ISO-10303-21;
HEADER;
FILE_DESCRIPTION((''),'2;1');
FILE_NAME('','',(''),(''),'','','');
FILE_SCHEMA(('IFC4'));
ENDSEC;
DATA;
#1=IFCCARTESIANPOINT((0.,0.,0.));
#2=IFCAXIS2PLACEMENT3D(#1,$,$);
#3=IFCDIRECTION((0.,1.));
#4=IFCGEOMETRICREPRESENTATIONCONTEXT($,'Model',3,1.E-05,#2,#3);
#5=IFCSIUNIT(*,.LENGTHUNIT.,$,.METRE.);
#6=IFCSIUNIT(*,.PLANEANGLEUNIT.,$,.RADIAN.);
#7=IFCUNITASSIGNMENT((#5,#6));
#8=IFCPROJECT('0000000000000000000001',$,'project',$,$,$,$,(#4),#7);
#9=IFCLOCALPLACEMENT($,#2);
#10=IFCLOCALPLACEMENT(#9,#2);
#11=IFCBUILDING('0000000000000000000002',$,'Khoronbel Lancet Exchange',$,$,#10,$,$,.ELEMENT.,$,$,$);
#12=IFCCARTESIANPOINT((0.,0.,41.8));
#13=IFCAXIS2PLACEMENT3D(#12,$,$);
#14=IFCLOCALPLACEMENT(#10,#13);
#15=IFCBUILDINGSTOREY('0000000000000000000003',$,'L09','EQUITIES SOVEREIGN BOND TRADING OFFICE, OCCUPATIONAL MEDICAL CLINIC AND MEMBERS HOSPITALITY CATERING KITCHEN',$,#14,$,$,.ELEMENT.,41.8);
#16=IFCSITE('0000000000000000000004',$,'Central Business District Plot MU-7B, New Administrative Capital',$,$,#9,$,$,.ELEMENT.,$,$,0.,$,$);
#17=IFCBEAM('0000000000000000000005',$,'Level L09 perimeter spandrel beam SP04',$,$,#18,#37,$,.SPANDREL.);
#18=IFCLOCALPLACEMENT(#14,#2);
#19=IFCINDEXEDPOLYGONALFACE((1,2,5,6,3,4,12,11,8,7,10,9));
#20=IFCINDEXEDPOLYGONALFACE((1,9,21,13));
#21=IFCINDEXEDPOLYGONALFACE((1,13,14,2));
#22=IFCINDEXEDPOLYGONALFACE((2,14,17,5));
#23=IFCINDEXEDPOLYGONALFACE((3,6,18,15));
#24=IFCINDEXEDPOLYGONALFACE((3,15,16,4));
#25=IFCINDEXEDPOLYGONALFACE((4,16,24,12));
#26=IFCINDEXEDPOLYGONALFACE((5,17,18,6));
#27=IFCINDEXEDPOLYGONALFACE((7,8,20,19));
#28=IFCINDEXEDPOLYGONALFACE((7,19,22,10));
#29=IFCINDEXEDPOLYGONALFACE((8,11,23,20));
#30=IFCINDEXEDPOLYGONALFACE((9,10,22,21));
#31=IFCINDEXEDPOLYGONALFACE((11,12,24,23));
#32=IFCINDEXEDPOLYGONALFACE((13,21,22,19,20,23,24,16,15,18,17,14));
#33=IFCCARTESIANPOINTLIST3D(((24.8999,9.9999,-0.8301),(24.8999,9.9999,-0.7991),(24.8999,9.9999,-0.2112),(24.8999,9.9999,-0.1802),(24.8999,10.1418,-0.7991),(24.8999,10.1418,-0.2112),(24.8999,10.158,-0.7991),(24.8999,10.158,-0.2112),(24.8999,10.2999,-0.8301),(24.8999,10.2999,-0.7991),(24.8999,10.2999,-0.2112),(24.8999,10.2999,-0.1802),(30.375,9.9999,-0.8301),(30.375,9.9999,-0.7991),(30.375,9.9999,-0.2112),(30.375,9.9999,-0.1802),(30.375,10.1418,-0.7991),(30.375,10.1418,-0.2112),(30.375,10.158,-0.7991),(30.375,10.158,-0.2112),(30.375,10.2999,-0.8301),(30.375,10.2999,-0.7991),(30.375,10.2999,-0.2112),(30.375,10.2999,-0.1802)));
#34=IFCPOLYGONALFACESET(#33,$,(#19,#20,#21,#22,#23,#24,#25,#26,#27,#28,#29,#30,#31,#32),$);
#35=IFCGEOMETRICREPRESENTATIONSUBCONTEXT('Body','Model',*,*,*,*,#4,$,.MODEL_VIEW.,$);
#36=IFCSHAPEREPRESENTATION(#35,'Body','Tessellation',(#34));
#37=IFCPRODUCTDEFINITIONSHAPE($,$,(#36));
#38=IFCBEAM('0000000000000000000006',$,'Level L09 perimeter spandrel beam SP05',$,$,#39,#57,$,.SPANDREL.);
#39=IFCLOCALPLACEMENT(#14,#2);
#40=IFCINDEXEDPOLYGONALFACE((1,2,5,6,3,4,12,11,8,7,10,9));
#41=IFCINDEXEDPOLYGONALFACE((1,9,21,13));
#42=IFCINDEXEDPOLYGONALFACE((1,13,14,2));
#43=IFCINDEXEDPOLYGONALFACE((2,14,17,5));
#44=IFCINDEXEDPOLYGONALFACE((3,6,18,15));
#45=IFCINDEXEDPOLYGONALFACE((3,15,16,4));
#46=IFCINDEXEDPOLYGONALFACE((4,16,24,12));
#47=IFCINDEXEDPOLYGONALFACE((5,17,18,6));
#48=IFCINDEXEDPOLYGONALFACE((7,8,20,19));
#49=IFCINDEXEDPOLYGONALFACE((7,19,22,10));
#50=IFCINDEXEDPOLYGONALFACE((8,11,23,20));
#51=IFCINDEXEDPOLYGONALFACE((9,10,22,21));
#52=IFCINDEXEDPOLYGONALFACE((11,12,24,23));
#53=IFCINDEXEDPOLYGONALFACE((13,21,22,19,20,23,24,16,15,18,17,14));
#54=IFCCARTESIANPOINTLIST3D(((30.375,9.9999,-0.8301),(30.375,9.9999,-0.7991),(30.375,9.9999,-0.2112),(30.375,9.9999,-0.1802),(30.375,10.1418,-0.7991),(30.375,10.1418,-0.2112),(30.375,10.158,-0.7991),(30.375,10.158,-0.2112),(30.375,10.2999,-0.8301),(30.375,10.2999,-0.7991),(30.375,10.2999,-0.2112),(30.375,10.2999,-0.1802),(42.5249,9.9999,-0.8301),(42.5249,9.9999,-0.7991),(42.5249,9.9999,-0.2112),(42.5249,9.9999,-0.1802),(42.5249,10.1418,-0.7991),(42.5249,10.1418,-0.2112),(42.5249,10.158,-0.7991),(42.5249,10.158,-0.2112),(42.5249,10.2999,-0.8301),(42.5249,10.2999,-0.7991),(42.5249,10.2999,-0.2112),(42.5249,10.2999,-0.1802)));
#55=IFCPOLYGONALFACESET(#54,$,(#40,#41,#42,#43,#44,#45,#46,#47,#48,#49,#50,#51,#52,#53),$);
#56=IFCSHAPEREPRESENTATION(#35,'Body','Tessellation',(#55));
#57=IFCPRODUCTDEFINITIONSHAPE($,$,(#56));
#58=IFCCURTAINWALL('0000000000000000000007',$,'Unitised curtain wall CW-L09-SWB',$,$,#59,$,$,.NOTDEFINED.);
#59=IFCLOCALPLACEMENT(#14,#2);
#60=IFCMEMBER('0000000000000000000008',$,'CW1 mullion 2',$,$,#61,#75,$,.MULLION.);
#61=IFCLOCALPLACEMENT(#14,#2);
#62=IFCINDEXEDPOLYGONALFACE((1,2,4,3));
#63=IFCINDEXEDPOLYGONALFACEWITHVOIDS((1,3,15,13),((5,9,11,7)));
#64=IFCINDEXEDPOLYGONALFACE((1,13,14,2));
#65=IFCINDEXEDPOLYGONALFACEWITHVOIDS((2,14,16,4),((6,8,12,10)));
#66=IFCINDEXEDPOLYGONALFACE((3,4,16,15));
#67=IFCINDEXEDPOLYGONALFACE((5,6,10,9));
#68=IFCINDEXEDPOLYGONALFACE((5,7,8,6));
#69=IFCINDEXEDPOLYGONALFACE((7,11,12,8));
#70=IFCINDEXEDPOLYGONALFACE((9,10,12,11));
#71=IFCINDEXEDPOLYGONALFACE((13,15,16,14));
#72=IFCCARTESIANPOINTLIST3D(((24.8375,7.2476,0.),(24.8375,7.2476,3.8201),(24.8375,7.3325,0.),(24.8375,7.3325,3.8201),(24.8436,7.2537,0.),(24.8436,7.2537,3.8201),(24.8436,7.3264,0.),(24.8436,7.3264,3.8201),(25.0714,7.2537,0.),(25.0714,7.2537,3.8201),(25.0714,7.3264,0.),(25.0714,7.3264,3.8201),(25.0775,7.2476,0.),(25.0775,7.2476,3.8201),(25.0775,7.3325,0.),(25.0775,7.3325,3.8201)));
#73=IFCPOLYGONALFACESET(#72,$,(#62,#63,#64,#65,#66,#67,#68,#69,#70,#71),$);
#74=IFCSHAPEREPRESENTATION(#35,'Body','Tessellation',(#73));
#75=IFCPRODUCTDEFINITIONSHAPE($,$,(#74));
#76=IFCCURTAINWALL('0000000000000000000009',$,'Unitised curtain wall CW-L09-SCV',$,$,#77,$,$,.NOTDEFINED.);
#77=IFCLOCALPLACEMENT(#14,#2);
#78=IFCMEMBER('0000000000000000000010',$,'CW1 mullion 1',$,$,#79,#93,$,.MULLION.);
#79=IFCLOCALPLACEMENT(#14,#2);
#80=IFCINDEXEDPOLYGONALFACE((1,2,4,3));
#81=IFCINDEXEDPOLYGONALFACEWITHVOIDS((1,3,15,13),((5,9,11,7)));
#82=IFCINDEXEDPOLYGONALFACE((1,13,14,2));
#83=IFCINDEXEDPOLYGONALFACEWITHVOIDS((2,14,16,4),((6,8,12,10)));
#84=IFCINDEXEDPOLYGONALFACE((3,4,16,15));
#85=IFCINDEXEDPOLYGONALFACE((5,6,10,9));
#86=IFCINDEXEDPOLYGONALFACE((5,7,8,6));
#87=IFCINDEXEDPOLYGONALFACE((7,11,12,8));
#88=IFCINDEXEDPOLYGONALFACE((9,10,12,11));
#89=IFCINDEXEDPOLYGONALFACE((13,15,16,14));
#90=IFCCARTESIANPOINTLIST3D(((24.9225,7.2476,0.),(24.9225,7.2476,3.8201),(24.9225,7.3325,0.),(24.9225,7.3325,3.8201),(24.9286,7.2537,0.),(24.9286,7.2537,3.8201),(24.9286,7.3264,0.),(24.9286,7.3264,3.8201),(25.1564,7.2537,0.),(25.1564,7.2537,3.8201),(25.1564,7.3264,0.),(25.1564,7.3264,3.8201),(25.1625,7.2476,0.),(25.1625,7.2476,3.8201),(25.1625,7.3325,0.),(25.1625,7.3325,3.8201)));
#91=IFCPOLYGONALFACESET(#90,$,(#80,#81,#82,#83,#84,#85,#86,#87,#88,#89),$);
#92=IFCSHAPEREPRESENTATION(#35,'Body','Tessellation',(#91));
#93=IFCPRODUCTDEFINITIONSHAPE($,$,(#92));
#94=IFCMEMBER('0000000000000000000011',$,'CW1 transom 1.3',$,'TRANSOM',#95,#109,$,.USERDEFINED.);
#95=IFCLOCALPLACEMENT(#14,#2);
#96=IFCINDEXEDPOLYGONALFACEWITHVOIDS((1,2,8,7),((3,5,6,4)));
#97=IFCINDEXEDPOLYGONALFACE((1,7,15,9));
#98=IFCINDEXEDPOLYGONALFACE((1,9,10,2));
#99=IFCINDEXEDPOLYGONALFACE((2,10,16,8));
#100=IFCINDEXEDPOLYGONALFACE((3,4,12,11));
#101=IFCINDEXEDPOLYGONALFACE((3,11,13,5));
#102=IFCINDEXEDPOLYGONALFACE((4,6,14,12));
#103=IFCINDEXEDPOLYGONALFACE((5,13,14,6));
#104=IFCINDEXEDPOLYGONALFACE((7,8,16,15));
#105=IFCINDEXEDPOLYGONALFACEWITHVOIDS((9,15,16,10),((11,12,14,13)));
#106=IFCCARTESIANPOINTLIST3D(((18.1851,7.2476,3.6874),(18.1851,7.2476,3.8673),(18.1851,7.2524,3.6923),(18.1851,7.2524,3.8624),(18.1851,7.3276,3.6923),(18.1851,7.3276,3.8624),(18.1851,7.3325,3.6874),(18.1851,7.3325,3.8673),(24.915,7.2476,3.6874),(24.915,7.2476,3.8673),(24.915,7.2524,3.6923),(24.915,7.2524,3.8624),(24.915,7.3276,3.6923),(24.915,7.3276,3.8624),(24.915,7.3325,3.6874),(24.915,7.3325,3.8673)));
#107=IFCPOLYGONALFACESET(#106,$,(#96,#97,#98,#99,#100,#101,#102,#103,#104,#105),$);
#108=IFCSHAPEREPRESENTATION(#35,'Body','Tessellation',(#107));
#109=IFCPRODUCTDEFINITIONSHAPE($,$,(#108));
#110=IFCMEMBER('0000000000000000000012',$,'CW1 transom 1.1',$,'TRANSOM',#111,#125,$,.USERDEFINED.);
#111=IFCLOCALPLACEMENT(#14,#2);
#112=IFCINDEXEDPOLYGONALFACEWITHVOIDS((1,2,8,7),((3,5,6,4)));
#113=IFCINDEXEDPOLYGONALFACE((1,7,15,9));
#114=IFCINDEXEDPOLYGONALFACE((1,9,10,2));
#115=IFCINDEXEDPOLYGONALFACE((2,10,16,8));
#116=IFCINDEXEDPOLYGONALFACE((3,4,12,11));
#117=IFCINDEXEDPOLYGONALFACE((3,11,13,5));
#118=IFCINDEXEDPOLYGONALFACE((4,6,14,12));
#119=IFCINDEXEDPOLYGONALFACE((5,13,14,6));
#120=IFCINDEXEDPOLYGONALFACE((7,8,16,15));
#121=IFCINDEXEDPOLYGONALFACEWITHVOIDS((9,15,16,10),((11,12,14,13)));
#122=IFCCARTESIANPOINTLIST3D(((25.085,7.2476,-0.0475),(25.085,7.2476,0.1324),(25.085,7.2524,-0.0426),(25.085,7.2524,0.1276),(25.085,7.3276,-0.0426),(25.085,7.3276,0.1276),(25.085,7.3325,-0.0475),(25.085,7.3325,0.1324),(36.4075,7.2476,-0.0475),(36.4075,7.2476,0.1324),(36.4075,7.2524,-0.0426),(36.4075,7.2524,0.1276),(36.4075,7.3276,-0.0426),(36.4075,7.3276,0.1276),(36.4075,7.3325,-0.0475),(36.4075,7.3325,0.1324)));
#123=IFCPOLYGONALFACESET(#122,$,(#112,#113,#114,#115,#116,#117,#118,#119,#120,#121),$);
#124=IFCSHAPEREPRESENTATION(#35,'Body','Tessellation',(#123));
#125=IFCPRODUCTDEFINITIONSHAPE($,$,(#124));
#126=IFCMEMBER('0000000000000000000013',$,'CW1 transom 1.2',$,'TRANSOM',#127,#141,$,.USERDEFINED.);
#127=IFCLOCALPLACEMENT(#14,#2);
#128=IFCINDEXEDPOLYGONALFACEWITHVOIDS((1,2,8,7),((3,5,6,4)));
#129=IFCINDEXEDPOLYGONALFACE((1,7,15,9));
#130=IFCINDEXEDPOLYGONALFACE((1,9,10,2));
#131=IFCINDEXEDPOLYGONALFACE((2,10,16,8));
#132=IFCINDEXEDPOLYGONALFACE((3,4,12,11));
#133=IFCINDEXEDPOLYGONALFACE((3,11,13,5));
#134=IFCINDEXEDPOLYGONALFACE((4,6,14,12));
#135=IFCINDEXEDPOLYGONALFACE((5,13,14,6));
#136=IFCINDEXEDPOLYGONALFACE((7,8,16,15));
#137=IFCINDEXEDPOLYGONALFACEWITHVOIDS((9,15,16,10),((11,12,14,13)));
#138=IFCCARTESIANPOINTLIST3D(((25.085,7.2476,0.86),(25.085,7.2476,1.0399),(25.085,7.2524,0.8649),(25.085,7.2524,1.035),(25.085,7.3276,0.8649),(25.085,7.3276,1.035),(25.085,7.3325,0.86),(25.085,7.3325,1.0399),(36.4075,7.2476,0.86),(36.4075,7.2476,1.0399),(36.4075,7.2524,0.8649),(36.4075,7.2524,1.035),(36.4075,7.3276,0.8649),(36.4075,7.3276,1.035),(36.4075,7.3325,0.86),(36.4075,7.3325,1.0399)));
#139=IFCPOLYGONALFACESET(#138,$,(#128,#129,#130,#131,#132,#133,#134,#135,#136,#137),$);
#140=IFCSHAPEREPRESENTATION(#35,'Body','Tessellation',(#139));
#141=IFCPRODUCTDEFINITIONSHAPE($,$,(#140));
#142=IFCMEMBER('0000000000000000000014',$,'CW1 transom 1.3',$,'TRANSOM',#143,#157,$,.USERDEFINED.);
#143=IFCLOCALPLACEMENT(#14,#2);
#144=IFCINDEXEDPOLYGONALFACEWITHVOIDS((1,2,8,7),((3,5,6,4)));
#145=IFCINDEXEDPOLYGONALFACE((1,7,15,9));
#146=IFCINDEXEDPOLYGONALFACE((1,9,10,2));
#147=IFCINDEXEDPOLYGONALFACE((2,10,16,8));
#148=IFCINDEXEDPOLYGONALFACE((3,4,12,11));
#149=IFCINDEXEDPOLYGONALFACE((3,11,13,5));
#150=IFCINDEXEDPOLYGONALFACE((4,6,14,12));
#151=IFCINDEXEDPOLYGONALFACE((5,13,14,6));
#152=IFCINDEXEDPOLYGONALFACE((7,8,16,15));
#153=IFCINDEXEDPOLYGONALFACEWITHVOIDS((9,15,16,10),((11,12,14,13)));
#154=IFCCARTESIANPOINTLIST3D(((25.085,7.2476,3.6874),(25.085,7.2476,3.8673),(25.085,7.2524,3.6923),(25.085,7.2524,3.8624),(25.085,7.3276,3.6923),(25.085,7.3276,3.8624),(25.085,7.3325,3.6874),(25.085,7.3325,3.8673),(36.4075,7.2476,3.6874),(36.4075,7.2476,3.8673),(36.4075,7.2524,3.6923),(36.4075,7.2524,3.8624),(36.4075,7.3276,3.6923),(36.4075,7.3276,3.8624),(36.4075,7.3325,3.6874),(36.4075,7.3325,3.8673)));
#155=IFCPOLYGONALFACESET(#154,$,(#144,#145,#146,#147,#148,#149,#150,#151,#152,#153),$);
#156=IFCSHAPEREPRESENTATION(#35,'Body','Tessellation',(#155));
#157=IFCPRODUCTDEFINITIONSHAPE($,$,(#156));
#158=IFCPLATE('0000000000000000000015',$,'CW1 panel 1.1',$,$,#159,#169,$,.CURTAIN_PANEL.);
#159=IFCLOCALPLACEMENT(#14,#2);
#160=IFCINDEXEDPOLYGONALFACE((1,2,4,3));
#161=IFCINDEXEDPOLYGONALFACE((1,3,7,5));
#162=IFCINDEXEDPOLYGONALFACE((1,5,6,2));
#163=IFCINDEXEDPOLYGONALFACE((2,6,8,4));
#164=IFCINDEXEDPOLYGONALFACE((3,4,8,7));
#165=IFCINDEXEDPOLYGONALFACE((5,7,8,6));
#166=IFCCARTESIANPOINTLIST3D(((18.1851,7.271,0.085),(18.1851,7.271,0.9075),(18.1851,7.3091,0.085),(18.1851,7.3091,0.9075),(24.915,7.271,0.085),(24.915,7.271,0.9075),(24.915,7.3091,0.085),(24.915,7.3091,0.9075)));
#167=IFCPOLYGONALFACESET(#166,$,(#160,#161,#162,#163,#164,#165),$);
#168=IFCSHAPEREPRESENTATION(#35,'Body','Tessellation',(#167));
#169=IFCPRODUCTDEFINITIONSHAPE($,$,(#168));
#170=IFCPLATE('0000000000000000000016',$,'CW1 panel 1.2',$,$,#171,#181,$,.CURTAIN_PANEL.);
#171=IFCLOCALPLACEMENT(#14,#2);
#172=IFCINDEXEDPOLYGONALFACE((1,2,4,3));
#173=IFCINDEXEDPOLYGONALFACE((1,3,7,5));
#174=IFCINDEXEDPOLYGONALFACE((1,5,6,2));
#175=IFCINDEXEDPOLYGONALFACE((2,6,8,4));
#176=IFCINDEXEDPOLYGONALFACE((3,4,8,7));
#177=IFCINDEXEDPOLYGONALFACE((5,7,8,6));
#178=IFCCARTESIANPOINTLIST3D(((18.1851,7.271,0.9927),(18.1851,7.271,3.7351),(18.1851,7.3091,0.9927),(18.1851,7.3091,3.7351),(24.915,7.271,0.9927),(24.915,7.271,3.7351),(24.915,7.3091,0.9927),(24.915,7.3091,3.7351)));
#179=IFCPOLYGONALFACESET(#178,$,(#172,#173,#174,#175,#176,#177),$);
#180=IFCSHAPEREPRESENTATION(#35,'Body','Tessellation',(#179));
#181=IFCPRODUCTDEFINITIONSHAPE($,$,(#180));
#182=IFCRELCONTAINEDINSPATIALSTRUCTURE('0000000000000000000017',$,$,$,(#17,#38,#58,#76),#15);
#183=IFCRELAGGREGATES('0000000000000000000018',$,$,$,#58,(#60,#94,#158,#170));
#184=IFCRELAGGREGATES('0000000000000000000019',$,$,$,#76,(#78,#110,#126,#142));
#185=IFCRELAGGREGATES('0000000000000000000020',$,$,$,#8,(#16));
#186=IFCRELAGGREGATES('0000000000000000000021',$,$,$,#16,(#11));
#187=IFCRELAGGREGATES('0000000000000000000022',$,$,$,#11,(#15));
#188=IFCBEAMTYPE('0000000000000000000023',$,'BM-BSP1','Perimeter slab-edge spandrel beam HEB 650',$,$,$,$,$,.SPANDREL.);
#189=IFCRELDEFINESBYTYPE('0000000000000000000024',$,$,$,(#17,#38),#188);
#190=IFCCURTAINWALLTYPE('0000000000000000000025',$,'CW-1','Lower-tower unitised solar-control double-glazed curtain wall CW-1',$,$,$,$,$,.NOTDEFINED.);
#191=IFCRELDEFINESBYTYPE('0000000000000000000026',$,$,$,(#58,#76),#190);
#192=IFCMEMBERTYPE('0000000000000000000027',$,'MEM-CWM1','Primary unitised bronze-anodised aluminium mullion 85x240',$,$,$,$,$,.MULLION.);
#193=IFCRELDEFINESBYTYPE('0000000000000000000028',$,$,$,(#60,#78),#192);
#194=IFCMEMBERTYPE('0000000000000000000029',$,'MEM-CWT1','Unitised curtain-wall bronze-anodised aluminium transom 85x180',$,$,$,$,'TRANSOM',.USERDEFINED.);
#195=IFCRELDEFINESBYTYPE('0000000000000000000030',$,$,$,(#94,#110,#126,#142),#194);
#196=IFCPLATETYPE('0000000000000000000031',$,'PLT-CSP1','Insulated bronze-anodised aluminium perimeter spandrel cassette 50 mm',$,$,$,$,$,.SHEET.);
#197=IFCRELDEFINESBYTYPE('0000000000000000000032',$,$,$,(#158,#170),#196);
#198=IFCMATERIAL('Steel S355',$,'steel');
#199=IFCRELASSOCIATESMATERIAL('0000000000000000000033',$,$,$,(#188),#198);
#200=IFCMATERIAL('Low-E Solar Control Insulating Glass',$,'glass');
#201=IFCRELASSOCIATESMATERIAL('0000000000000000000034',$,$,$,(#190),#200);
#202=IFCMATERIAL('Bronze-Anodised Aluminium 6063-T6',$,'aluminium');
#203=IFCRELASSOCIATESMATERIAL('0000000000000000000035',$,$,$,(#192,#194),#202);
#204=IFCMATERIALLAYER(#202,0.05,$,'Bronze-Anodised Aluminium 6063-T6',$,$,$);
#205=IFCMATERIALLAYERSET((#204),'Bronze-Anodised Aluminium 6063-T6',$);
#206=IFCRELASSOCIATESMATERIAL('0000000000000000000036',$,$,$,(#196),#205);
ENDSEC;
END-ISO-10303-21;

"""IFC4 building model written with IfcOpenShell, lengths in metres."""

from ifc_helpers import new_model, si_unit, direction, frame, origin, origin_2d, place, context, subcontext, project, spatial, rectangle, hollow_rectangle, i_section, extrude, material, layer, layer_set, material_profile, profile_set, type_object, element, aggregate, save


model = new_model("IFC4")

# Units and contexts
model_context = context("Model", 3, precision=1e-05, world=origin(), true_north=direction((0.0, 1.0)))
body_context = subcontext(model_context, "Body", "Model", "MODEL_VIEW")
ifc_project = project(units=[si_unit("LENGTHUNIT", "METRE"), si_unit("PLANEANGLEUNIT", "RADIAN")], contexts=[model_context])

# Site, building, storey
site_placement = place(None, origin())
site = spatial("IfcSite", under=ifc_project, at=site_placement, Name="Central Business District Plot MU-7B, New Administrative Capital", CompositionType="ELEMENT", RefElevation=0.0)
building_placement = place(site_placement, origin())
building = spatial("IfcBuilding", under=site, at=building_placement, Name="Khoronbel Lancet Exchange", CompositionType="ELEMENT")
storey_placement = place(building_placement, frame((0.0, 0.0, 41.8)))
storey = spatial("IfcBuildingStorey", under=building, at=storey_placement, Name="L09", Description="EQUITIES SOVEREIGN BOND TRADING OFFICE, OCCUPATIONAL MEDICAL CLINIC AND MEMBERS HOSPITALITY CATERING KITCHEN", CompositionType="ELEMENT", Elevation=41.8)

# Beams
ifc_material_1 = material(Name="Steel S355", Category="steel")
ifc_material_profile_1 = material_profile(ifc_material_1, i_section(OverallWidth=0.3, OverallDepth=0.6499, WebThickness=0.0161, FlangeThickness=0.031, at=origin_2d()), Name="HEB 650")
ifc_profile_set_1 = profile_set([ifc_material_profile_1], Name="Steel S355")
beam_type_1 = type_object("IfcBeamType", Name="BM-BSP1", Description="Perimeter slab-edge spandrel beam HEB 650", PredefinedType="SPANDREL", material=ifc_profile_set_1)
beam_1_placement = place(storey_placement, frame((24.8999, 10.1499, -0.5051), z_axis=(1.0, 0.0, 0.0), x_axis=(0.0, 1.0, 0.0)))
element("IfcBeam", 1, at=beam_1_placement, inside=storey, type_object=beam_type_1, Name="Level L09 perimeter spandrel beam SP04", PredefinedType="SPANDREL", context=body_context, shape_type="SweptSolid", body=[
    extrude(i_section(OverallWidth=0.3, OverallDepth=0.6499, WebThickness=0.0161, FlangeThickness=0.031, at=origin_2d()), origin(), (0.0, 0.0, 1.0), 5.4751),
])
beam_2_placement = place(storey_placement, frame((30.375, 10.1499, -0.5051), z_axis=(1.0, 0.0, 0.0), x_axis=(0.0, 1.0, 0.0)))
element("IfcBeam", 2, at=beam_2_placement, inside=storey, type_object=beam_type_1, Name="Level L09 perimeter spandrel beam SP05", PredefinedType="SPANDREL", context=body_context, shape_type="SweptSolid", body=[
    extrude(i_section(OverallWidth=0.3, OverallDepth=0.6499, WebThickness=0.0161, FlangeThickness=0.031, at=origin_2d()), origin(), (0.0, 0.0, 1.0), 12.1499),
])

# Curtain walls, members
ifc_material_2 = material(Name="Low-E Solar Control Insulating Glass", Category="glass")
curtain_wall_type = type_object("IfcCurtainWallType", Name="CW-1", Description="Lower-tower unitised solar-control double-glazed curtain wall CW-1", PredefinedType="NOTDEFINED", material=ifc_material_2)
curtain_wall_1_placement = place(storey_placement, origin())
curtain_wall_1 = element("IfcCurtainWall", 3, at=curtain_wall_1_placement, inside=storey, type_object=curtain_wall_type, Name="Unitised curtain wall CW-L09-SWB", PredefinedType="NOTDEFINED")
ifc_material_3 = material(Name="Bronze-Anodised Aluminium 6063-T6", Category="aluminium")
ifc_material_profile_2 = material_profile(ifc_material_3, hollow_rectangle(XDim=0.085, YDim=0.24, WallThickness=0.0061, at=origin_2d()), Name="ALU MULLION 85x240")
ifc_profile_set_2 = profile_set([ifc_material_profile_2], Name="Bronze-Anodised Aluminium 6063-T6")
member_type_1 = type_object("IfcMemberType", Name="MEM-CWM1", Description="Primary unitised bronze-anodised aluminium mullion 85x240", PredefinedType="MULLION", material=ifc_profile_set_2)
member_1_placement = place(storey_placement, frame((24.9575, 7.29, 0.0), z_axis=(0.0, 0.0, 1.0), x_axis=(0.0, 1.0, 0.0)))
member_1 = element("IfcMember", 4, at=member_1_placement, type_object=member_type_1, Name="CW1 mullion 2", PredefinedType="MULLION", context=body_context, shape_type="SweptSolid", body=[
    extrude(hollow_rectangle(XDim=0.085, YDim=0.24, WallThickness=0.0061, at=origin_2d()), origin(), (0.0, 0.0, 1.0), 3.8201),
])
curtain_wall_2_placement = place(storey_placement, origin())
curtain_wall_2 = element("IfcCurtainWall", 5, at=curtain_wall_2_placement, inside=storey, type_object=curtain_wall_type, Name="Unitised curtain wall CW-L09-SCV", PredefinedType="NOTDEFINED")
member_2_placement = place(storey_placement, frame((25.0425, 7.29, 0.0), z_axis=(0.0, 0.0, 1.0), x_axis=(0.0, 1.0, 0.0)))
member_2 = element("IfcMember", 6, at=member_2_placement, type_object=member_type_1, Name="CW1 mullion 1", PredefinedType="MULLION", context=body_context, shape_type="SweptSolid", body=[
    extrude(hollow_rectangle(XDim=0.085, YDim=0.24, WallThickness=0.0061, at=origin_2d()), origin(), (0.0, 0.0, 1.0), 3.8201),
])

# Members
ifc_material_profile_3 = material_profile(ifc_material_3, hollow_rectangle(XDim=0.085, YDim=0.1799, WallThickness=0.0049, at=origin_2d()), Name="ALU TRANSOM 85x180")
ifc_profile_set_3 = profile_set([ifc_material_profile_3], Name="Bronze-Anodised Aluminium 6063-T6")
member_type_2 = type_object("IfcMemberType", Name="MEM-CWT1", Description="Unitised curtain-wall bronze-anodised aluminium transom 85x180", ElementType="TRANSOM", PredefinedType="USERDEFINED", material=ifc_profile_set_3)
member_3_placement = place(storey_placement, frame((18.1851, 7.29, 3.7773), z_axis=(1.0, 0.0, 0.0), x_axis=(0.0, 1.0, 0.0)))
member_3 = element("IfcMember", 7, at=member_3_placement, type_object=member_type_2, Name="CW1 transom 1.3", ObjectType="TRANSOM", PredefinedType="USERDEFINED", context=body_context, shape_type="SweptSolid", body=[
    extrude(hollow_rectangle(XDim=0.085, YDim=0.1799, WallThickness=0.0049, at=origin_2d()), origin(), (0.0, 0.0, 1.0), 6.73),
])
member_4_placement = place(storey_placement, frame((25.085, 7.29, 0.0425), z_axis=(1.0, 0.0, 0.0), x_axis=(0.0, 1.0, 0.0)))
member_4 = element("IfcMember", 8, at=member_4_placement, type_object=member_type_2, Name="CW1 transom 1.1", ObjectType="TRANSOM", PredefinedType="USERDEFINED", context=body_context, shape_type="SweptSolid", body=[
    extrude(hollow_rectangle(XDim=0.085, YDim=0.1799, WallThickness=0.0049, at=origin_2d()), origin(), (0.0, 0.0, 1.0), 11.3225),
])
member_5_placement = place(storey_placement, frame((25.085, 7.29, 0.95), z_axis=(1.0, 0.0, 0.0), x_axis=(0.0, 1.0, 0.0)))
member_5 = element("IfcMember", 9, at=member_5_placement, type_object=member_type_2, Name="CW1 transom 1.2", ObjectType="TRANSOM", PredefinedType="USERDEFINED", context=body_context, shape_type="SweptSolid", body=[
    extrude(hollow_rectangle(XDim=0.085, YDim=0.1799, WallThickness=0.0049, at=origin_2d()), origin(), (0.0, 0.0, 1.0), 11.3225),
])
member_6_placement = place(storey_placement, frame((25.085, 7.29, 3.7773), z_axis=(1.0, 0.0, 0.0), x_axis=(0.0, 1.0, 0.0)))
member_6 = element("IfcMember", 10, at=member_6_placement, type_object=member_type_2, Name="CW1 transom 1.3", ObjectType="TRANSOM", PredefinedType="USERDEFINED", context=body_context, shape_type="SweptSolid", body=[
    extrude(hollow_rectangle(XDim=0.085, YDim=0.1799, WallThickness=0.0049, at=origin_2d()), origin(), (0.0, 0.0, 1.0), 11.3225),
])

# Plates
ifc_layer_1 = layer(ifc_material_3, 0.05, Name="Bronze-Anodised Aluminium 6063-T6")
ifc_layer_set_1 = layer_set([ifc_layer_1], Name="Bronze-Anodised Aluminium 6063-T6")
plate_type_1 = type_object("IfcPlateType", Name="PLT-CSP1", Description="Insulated bronze-anodised aluminium perimeter spandrel cassette 50 mm", PredefinedType="SHEET", material=ifc_layer_set_1)
plate_1_placement = place(storey_placement, frame((21.55, 7.29, 0.085), z_axis=(0.0, 0.0, 1.0), x_axis=(1.0, 0.0, 0.0)))
plate_1 = element("IfcPlate", 11, at=plate_1_placement, type_object=plate_type_1, Name="CW1 panel 1.1", PredefinedType="CURTAIN_PANEL", context=body_context, shape_type="SweptSolid", body=[
    extrude(rectangle(XDim=6.73, YDim=0.0381, at=origin_2d()), origin(), (0.0, 0.0, 1.0), 0.8225),
])
plate_2_placement = place(storey_placement, frame((21.55, 7.29, 0.9927), z_axis=(0.0, 0.0, 1.0), x_axis=(1.0, 0.0, 0.0)))
plate_2 = element("IfcPlate", 12, at=plate_2_placement, type_object=plate_type_1, Name="CW1 panel 1.2", PredefinedType="CURTAIN_PANEL", context=body_context, shape_type="SweptSolid", body=[
    extrude(rectangle(XDim=6.73, YDim=0.0381, at=origin_2d()), origin(), (0.0, 0.0, 1.0), 2.7424),
])
aggregate(curtain_wall_1, [member_1, member_3, plate_1, plate_2])
aggregate(curtain_wall_2, [member_2, member_4, member_5, member_6])

save(model, "model.ifc")
